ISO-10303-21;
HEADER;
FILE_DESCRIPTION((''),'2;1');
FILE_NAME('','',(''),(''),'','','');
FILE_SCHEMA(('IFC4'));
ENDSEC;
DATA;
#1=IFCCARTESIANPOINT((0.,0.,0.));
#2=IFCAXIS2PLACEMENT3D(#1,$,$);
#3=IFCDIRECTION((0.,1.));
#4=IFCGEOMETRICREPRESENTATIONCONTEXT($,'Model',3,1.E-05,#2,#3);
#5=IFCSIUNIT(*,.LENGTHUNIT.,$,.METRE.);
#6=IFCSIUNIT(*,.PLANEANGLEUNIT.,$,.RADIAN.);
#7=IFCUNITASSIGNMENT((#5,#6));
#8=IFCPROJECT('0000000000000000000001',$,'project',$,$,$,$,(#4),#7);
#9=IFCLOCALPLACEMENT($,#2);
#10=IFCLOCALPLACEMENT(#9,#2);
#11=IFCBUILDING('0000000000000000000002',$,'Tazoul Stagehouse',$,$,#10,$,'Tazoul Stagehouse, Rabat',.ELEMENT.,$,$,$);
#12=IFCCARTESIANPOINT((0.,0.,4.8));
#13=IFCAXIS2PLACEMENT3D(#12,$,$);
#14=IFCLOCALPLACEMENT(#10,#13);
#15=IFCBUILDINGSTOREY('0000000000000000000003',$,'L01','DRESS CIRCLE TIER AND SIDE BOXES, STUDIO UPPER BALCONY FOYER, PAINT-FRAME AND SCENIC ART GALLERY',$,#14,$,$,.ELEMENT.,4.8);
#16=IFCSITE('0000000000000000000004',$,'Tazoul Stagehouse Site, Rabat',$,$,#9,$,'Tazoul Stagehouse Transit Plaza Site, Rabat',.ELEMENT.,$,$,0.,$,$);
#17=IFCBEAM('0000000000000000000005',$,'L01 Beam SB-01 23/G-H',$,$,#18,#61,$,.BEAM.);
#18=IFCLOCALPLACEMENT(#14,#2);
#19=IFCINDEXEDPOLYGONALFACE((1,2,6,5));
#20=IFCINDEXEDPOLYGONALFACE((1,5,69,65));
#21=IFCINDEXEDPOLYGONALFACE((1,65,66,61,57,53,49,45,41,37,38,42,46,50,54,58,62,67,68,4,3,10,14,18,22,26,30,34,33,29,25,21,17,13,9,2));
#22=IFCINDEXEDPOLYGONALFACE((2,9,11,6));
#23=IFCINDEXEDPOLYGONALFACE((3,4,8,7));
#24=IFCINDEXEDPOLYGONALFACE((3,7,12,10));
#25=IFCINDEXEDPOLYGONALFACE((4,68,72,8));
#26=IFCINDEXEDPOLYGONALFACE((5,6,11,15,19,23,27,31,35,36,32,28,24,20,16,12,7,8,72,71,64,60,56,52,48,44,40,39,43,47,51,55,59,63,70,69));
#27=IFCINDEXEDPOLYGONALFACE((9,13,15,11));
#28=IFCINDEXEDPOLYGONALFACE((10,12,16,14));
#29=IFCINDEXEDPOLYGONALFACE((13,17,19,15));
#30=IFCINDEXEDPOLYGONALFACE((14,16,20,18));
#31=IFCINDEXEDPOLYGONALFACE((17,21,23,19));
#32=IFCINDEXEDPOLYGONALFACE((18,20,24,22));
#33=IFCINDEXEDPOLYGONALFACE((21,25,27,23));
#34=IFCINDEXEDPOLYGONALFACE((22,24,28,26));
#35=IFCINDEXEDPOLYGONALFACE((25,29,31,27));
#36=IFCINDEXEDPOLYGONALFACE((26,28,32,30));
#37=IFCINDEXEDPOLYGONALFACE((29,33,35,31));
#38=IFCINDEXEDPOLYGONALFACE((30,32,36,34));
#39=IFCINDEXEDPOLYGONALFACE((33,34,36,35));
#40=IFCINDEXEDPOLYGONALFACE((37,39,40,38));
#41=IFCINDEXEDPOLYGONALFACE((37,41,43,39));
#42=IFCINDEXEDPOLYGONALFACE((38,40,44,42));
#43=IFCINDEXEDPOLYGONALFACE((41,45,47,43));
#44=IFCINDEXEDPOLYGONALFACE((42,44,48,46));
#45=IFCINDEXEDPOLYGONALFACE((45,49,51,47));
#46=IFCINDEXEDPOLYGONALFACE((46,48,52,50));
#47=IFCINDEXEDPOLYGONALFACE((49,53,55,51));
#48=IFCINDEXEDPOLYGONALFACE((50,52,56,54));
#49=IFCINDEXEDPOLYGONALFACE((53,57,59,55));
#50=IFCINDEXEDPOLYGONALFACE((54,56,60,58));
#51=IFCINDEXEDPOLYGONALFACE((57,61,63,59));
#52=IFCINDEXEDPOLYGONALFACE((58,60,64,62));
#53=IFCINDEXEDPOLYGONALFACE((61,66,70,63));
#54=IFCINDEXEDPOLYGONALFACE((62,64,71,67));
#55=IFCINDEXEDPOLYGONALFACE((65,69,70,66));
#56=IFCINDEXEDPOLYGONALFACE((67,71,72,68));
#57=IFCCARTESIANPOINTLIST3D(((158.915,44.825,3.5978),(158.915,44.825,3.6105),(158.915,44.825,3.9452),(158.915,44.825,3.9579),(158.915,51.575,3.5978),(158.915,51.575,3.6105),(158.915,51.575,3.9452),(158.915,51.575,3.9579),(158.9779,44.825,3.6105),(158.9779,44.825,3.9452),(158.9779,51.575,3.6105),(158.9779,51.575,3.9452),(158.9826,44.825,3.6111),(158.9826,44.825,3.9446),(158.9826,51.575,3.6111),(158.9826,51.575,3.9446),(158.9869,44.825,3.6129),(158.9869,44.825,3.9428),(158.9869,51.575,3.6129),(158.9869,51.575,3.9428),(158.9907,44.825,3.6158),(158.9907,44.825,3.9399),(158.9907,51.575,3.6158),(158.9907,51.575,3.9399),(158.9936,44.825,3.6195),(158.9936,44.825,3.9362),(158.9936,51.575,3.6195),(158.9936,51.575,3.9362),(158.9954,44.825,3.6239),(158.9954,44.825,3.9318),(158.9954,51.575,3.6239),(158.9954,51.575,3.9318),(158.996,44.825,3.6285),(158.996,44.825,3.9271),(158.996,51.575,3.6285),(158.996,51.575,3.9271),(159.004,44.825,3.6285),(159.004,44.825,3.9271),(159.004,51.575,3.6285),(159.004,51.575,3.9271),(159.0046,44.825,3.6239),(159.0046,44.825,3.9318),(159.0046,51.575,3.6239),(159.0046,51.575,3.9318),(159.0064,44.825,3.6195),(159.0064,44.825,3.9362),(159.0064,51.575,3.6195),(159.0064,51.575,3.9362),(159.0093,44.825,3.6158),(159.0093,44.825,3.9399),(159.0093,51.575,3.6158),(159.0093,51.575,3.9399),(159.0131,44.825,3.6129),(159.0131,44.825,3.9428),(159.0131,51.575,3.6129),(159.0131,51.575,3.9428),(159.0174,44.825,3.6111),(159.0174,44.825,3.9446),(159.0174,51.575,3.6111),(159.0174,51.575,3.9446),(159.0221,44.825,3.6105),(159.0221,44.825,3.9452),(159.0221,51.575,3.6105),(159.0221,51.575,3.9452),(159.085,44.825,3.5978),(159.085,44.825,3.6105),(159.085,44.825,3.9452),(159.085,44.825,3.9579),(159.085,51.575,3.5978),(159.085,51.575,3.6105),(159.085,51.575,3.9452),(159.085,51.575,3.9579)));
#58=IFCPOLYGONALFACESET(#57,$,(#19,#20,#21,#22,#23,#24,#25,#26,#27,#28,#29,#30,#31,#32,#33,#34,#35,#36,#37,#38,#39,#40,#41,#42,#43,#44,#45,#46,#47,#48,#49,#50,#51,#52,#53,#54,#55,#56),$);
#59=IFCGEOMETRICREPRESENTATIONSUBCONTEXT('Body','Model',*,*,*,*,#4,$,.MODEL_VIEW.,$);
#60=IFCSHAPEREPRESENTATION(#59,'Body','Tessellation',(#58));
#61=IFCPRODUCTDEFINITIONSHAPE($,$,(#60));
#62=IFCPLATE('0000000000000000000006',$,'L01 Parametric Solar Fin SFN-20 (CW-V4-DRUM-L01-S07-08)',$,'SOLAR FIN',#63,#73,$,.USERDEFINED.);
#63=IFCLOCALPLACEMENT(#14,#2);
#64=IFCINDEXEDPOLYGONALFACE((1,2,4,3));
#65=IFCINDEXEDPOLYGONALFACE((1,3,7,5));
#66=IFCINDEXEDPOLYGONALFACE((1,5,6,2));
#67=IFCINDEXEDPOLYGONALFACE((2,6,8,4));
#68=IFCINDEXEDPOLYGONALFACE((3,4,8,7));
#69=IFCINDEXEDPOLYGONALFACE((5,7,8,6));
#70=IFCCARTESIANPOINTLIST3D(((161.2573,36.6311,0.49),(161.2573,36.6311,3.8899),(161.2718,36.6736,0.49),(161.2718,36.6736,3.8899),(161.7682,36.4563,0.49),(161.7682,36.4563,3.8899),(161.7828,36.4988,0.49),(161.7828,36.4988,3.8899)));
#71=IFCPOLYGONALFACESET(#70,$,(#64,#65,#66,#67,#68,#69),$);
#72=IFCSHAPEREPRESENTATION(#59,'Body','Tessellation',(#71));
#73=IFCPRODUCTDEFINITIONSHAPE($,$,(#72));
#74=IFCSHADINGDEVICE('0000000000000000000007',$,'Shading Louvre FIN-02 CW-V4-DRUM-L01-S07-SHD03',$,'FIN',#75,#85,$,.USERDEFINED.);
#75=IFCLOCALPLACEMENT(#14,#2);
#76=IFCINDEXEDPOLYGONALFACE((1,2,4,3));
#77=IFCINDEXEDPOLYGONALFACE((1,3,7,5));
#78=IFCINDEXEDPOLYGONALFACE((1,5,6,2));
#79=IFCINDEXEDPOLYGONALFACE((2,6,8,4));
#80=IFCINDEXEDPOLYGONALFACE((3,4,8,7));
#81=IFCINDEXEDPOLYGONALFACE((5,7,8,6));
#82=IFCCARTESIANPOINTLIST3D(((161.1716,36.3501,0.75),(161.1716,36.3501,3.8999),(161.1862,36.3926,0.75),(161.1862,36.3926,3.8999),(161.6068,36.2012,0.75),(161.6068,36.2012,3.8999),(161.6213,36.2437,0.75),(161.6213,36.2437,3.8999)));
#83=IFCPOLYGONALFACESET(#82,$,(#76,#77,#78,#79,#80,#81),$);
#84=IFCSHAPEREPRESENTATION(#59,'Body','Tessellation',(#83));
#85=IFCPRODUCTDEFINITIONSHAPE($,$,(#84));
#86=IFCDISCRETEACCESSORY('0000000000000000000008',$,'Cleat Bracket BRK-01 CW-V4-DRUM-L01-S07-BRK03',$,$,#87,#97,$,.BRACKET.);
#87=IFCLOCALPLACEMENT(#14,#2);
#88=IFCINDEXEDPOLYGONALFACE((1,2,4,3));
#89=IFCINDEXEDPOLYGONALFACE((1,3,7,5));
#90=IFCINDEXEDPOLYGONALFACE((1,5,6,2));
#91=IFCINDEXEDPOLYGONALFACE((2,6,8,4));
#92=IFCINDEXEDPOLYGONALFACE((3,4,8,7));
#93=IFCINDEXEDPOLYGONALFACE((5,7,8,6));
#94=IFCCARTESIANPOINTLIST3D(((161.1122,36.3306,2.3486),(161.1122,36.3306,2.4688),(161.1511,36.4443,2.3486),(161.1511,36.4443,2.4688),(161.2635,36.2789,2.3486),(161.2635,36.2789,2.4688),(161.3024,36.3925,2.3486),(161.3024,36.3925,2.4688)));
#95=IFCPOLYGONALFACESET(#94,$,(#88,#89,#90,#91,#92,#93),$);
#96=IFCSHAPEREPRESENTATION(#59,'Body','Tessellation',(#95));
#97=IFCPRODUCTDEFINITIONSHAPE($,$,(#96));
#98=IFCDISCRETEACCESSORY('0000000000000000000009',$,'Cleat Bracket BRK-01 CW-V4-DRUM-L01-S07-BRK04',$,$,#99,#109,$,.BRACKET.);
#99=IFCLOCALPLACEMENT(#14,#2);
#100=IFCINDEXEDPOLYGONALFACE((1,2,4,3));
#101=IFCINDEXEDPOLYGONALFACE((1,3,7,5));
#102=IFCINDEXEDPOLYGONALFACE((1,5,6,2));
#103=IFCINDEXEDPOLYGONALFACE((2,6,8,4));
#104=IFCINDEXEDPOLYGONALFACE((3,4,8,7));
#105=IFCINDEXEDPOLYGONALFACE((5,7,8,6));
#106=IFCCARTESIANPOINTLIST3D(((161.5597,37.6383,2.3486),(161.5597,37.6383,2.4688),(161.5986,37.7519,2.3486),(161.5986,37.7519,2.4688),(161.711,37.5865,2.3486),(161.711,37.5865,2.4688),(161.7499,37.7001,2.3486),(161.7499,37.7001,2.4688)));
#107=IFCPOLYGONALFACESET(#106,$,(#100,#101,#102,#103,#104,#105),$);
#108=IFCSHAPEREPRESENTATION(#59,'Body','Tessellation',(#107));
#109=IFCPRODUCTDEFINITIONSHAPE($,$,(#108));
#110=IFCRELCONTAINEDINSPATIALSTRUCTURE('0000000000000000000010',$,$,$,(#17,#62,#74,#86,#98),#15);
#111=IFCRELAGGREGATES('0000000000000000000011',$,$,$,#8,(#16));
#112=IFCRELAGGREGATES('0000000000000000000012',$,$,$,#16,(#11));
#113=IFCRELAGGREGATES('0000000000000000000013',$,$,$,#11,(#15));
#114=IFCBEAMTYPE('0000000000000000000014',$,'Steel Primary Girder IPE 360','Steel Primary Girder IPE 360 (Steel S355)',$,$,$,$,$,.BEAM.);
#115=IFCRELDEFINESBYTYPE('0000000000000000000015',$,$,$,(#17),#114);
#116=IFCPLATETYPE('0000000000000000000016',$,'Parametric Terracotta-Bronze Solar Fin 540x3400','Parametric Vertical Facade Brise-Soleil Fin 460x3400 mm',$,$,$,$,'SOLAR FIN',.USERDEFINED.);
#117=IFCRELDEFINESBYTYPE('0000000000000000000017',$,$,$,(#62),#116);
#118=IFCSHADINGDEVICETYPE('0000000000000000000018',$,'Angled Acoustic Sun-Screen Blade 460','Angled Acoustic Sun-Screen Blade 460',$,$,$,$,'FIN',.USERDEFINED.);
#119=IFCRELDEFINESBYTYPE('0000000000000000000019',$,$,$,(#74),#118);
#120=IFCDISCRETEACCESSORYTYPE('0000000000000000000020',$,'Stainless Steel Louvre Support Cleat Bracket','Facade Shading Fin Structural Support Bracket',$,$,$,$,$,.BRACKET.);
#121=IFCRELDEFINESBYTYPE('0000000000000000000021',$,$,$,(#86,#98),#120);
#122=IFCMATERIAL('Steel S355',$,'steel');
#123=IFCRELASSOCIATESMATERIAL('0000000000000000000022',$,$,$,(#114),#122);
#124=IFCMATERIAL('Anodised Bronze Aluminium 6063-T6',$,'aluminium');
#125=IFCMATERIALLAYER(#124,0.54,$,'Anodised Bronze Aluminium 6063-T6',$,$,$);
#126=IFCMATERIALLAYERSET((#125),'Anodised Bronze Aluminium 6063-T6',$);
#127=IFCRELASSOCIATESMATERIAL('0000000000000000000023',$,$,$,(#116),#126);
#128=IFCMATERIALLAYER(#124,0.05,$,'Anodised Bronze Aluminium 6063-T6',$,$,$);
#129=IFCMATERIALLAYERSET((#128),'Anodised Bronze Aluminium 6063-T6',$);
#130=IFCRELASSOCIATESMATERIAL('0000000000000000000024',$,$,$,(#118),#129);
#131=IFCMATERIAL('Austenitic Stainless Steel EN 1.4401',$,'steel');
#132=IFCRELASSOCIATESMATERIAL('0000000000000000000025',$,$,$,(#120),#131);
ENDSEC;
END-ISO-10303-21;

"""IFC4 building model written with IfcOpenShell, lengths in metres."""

from ifc_helpers import new_model, si_unit, direction, frame, origin, origin_2d, place, context, subcontext, project, spatial, rectangle, i_section, extrude, material, layer, layer_set, material_profile, profile_set, type_object, element, save


model = new_model("IFC4")

# Units and contexts
model_context = context("Model", 3, precision=1e-05, world=origin(), true_north=direction((0.0, 1.0)))
body_context = subcontext(model_context, "Body", "Model", "MODEL_VIEW")
ifc_project = project(units=[si_unit("LENGTHUNIT", "METRE"), si_unit("PLANEANGLEUNIT", "RADIAN")], contexts=[model_context])

# Site, building, storey
site_placement = place(None, origin())
site = spatial("IfcSite", under=ifc_project, at=site_placement, Name="Tazoul Stagehouse Site, Rabat", LongName="Tazoul Stagehouse Transit Plaza Site, Rabat", CompositionType="ELEMENT", RefElevation=0.0)
building_placement = place(site_placement, origin())
building = spatial("IfcBuilding", under=site, at=building_placement, Name="Tazoul Stagehouse", LongName="Tazoul Stagehouse, Rabat", CompositionType="ELEMENT")
storey_placement = place(building_placement, frame((0.0, 0.0, 4.8)))
storey = spatial("IfcBuildingStorey", under=building, at=storey_placement, Name="L01", Description="DRESS CIRCLE TIER AND SIDE BOXES, STUDIO UPPER BALCONY FOYER, PAINT-FRAME AND SCENIC ART GALLERY", CompositionType="ELEMENT", Elevation=4.8)

# Beam
ifc_material_1 = material(Name="Steel S355", Category="steel")
ifc_material_profile_1 = material_profile(ifc_material_1, i_section(OverallWidth=0.1699, OverallDepth=0.3601, WebThickness=0.0081, FlangeThickness=0.0127, FilletRadius=0.0181, at=origin_2d()), Name="IPE 360")
ifc_profile_set_1 = profile_set([ifc_material_profile_1], Name="Steel S355")
beam_type_1 = type_object("IfcBeamType", Name="Steel Primary Girder IPE 360", Description="Steel Primary Girder IPE 360 (Steel S355)", PredefinedType="BEAM", material=ifc_profile_set_1)
for number, where, z_axis, x_axis, name in (
    (1, (159.0, 44.825, 3.7778), (0.0, 1.0, 0.0), (-1.0, 0.0, 0.0), "L01 Beam SB-01 23/G-H"),
):
    element("IfcBeam", number, at=place(storey_placement, frame(where, z_axis=z_axis, x_axis=x_axis)), inside=storey, type_object=beam_type_1, Name=name, PredefinedType="BEAM", context=body_context, shape_type="SweptSolid", body=[
        extrude(i_section(OverallWidth=0.1699, OverallDepth=0.3601, WebThickness=0.0081, FlangeThickness=0.0127, FilletRadius=0.0181, at=origin_2d()), origin(), (0.0, 0.0, 1.0), 6.75),
    ])

# Plate
ifc_material_2 = material(Name="Anodised Bronze Aluminium 6063-T6", Category="aluminium")
ifc_layer_1 = layer(ifc_material_2, 0.54, Name="Anodised Bronze Aluminium 6063-T6")
ifc_layer_set_1 = layer_set([ifc_layer_1], Name="Anodised Bronze Aluminium 6063-T6")
plate_type = type_object("IfcPlateType", Name="Parametric Terracotta-Bronze Solar Fin 540x3400", Description="Parametric Vertical Facade Brise-Soleil Fin 460x3400 mm", ElementType="SOLAR FIN", PredefinedType="USERDEFINED", material=ifc_layer_set_1)
plate_placement = place(storey_placement, frame((161.52, 36.5649, 0.49), z_axis=(0.0, 0.0, 1.0), x_axis=(0.323785, 0.946131, 0.0)))
element("IfcPlate", 2, at=plate_placement, inside=storey, type_object=plate_type, Name="L01 Parametric Solar Fin SFN-20 (CW-V4-DRUM-L01-S07-08)", ObjectType="SOLAR FIN", PredefinedType="USERDEFINED", context=body_context, shape_type="SweptSolid", body=[
    extrude(rectangle(XDim=0.0449, YDim=0.54, at=origin_2d()), origin(), (0.0, 0.0, 1.0), 3.3999),
])

# Shading device
ifc_layer_2 = layer(ifc_material_2, 0.05, Name="Anodised Bronze Aluminium 6063-T6")
ifc_layer_set_2 = layer_set([ifc_layer_2], Name="Anodised Bronze Aluminium 6063-T6")
shading_device_type = type_object("IfcShadingDeviceType", Name="Angled Acoustic Sun-Screen Blade 460", Description="Angled Acoustic Sun-Screen Blade 460", ElementType="FIN", PredefinedType="USERDEFINED", material=ifc_layer_set_2)
shading_device_placement = place(storey_placement, frame((161.3965, 36.2969, 0.75), z_axis=(0.0, 0.0, 1.0), x_axis=(0.323785, 0.946131, 0.0)))
element("IfcShadingDevice", 3, at=shading_device_placement, inside=storey, type_object=shading_device_type, Name="Shading Louvre FIN-02 CW-V4-DRUM-L01-S07-SHD03", ObjectType="FIN", PredefinedType="USERDEFINED", context=body_context, shape_type="SweptSolid", body=[
    extrude(rectangle(XDim=0.0449, YDim=0.46, at=origin_2d()), origin(), (0.0, 0.0, 1.0), 3.1499),
])

# Discrete accessories
ifc_material_3 = material(Name="Austenitic Stainless Steel EN 1.4401", Category="steel")
discrete_accessory_type = type_object("IfcDiscreteAccessoryType", Name="Stainless Steel Louvre Support Cleat Bracket", Description="Facade Shading Fin Structural Support Bracket", PredefinedType="BRACKET", material=ifc_material_3)
for number, where, z_axis, x_axis, name in (
    (4, (161.2073, 36.3616, 2.3486), (0.0, 0.0, 1.0), (0.323785, 0.946131, 0.0), "Cleat Bracket BRK-01 CW-V4-DRUM-L01-S07-BRK03"),
    (5, (161.6548, 37.6692, 2.3486), (0.0, 0.0, 1.0), (0.323785, 0.946131, 0.0), "Cleat Bracket BRK-01 CW-V4-DRUM-L01-S07-BRK04"),
):
    element("IfcDiscreteAccessory", number, at=place(storey_placement, frame(where, z_axis=z_axis, x_axis=x_axis)), inside=storey, type_object=discrete_accessory_type, Name=name, PredefinedType="BRACKET", context=body_context, shape_type="SweptSolid", body=[
        extrude(rectangle(XDim=0.1201, YDim=0.1599, at=origin_2d()), origin(), (0.0, 0.0, 1.0), 0.1201),
    ])

save(model, "model.ifc")
